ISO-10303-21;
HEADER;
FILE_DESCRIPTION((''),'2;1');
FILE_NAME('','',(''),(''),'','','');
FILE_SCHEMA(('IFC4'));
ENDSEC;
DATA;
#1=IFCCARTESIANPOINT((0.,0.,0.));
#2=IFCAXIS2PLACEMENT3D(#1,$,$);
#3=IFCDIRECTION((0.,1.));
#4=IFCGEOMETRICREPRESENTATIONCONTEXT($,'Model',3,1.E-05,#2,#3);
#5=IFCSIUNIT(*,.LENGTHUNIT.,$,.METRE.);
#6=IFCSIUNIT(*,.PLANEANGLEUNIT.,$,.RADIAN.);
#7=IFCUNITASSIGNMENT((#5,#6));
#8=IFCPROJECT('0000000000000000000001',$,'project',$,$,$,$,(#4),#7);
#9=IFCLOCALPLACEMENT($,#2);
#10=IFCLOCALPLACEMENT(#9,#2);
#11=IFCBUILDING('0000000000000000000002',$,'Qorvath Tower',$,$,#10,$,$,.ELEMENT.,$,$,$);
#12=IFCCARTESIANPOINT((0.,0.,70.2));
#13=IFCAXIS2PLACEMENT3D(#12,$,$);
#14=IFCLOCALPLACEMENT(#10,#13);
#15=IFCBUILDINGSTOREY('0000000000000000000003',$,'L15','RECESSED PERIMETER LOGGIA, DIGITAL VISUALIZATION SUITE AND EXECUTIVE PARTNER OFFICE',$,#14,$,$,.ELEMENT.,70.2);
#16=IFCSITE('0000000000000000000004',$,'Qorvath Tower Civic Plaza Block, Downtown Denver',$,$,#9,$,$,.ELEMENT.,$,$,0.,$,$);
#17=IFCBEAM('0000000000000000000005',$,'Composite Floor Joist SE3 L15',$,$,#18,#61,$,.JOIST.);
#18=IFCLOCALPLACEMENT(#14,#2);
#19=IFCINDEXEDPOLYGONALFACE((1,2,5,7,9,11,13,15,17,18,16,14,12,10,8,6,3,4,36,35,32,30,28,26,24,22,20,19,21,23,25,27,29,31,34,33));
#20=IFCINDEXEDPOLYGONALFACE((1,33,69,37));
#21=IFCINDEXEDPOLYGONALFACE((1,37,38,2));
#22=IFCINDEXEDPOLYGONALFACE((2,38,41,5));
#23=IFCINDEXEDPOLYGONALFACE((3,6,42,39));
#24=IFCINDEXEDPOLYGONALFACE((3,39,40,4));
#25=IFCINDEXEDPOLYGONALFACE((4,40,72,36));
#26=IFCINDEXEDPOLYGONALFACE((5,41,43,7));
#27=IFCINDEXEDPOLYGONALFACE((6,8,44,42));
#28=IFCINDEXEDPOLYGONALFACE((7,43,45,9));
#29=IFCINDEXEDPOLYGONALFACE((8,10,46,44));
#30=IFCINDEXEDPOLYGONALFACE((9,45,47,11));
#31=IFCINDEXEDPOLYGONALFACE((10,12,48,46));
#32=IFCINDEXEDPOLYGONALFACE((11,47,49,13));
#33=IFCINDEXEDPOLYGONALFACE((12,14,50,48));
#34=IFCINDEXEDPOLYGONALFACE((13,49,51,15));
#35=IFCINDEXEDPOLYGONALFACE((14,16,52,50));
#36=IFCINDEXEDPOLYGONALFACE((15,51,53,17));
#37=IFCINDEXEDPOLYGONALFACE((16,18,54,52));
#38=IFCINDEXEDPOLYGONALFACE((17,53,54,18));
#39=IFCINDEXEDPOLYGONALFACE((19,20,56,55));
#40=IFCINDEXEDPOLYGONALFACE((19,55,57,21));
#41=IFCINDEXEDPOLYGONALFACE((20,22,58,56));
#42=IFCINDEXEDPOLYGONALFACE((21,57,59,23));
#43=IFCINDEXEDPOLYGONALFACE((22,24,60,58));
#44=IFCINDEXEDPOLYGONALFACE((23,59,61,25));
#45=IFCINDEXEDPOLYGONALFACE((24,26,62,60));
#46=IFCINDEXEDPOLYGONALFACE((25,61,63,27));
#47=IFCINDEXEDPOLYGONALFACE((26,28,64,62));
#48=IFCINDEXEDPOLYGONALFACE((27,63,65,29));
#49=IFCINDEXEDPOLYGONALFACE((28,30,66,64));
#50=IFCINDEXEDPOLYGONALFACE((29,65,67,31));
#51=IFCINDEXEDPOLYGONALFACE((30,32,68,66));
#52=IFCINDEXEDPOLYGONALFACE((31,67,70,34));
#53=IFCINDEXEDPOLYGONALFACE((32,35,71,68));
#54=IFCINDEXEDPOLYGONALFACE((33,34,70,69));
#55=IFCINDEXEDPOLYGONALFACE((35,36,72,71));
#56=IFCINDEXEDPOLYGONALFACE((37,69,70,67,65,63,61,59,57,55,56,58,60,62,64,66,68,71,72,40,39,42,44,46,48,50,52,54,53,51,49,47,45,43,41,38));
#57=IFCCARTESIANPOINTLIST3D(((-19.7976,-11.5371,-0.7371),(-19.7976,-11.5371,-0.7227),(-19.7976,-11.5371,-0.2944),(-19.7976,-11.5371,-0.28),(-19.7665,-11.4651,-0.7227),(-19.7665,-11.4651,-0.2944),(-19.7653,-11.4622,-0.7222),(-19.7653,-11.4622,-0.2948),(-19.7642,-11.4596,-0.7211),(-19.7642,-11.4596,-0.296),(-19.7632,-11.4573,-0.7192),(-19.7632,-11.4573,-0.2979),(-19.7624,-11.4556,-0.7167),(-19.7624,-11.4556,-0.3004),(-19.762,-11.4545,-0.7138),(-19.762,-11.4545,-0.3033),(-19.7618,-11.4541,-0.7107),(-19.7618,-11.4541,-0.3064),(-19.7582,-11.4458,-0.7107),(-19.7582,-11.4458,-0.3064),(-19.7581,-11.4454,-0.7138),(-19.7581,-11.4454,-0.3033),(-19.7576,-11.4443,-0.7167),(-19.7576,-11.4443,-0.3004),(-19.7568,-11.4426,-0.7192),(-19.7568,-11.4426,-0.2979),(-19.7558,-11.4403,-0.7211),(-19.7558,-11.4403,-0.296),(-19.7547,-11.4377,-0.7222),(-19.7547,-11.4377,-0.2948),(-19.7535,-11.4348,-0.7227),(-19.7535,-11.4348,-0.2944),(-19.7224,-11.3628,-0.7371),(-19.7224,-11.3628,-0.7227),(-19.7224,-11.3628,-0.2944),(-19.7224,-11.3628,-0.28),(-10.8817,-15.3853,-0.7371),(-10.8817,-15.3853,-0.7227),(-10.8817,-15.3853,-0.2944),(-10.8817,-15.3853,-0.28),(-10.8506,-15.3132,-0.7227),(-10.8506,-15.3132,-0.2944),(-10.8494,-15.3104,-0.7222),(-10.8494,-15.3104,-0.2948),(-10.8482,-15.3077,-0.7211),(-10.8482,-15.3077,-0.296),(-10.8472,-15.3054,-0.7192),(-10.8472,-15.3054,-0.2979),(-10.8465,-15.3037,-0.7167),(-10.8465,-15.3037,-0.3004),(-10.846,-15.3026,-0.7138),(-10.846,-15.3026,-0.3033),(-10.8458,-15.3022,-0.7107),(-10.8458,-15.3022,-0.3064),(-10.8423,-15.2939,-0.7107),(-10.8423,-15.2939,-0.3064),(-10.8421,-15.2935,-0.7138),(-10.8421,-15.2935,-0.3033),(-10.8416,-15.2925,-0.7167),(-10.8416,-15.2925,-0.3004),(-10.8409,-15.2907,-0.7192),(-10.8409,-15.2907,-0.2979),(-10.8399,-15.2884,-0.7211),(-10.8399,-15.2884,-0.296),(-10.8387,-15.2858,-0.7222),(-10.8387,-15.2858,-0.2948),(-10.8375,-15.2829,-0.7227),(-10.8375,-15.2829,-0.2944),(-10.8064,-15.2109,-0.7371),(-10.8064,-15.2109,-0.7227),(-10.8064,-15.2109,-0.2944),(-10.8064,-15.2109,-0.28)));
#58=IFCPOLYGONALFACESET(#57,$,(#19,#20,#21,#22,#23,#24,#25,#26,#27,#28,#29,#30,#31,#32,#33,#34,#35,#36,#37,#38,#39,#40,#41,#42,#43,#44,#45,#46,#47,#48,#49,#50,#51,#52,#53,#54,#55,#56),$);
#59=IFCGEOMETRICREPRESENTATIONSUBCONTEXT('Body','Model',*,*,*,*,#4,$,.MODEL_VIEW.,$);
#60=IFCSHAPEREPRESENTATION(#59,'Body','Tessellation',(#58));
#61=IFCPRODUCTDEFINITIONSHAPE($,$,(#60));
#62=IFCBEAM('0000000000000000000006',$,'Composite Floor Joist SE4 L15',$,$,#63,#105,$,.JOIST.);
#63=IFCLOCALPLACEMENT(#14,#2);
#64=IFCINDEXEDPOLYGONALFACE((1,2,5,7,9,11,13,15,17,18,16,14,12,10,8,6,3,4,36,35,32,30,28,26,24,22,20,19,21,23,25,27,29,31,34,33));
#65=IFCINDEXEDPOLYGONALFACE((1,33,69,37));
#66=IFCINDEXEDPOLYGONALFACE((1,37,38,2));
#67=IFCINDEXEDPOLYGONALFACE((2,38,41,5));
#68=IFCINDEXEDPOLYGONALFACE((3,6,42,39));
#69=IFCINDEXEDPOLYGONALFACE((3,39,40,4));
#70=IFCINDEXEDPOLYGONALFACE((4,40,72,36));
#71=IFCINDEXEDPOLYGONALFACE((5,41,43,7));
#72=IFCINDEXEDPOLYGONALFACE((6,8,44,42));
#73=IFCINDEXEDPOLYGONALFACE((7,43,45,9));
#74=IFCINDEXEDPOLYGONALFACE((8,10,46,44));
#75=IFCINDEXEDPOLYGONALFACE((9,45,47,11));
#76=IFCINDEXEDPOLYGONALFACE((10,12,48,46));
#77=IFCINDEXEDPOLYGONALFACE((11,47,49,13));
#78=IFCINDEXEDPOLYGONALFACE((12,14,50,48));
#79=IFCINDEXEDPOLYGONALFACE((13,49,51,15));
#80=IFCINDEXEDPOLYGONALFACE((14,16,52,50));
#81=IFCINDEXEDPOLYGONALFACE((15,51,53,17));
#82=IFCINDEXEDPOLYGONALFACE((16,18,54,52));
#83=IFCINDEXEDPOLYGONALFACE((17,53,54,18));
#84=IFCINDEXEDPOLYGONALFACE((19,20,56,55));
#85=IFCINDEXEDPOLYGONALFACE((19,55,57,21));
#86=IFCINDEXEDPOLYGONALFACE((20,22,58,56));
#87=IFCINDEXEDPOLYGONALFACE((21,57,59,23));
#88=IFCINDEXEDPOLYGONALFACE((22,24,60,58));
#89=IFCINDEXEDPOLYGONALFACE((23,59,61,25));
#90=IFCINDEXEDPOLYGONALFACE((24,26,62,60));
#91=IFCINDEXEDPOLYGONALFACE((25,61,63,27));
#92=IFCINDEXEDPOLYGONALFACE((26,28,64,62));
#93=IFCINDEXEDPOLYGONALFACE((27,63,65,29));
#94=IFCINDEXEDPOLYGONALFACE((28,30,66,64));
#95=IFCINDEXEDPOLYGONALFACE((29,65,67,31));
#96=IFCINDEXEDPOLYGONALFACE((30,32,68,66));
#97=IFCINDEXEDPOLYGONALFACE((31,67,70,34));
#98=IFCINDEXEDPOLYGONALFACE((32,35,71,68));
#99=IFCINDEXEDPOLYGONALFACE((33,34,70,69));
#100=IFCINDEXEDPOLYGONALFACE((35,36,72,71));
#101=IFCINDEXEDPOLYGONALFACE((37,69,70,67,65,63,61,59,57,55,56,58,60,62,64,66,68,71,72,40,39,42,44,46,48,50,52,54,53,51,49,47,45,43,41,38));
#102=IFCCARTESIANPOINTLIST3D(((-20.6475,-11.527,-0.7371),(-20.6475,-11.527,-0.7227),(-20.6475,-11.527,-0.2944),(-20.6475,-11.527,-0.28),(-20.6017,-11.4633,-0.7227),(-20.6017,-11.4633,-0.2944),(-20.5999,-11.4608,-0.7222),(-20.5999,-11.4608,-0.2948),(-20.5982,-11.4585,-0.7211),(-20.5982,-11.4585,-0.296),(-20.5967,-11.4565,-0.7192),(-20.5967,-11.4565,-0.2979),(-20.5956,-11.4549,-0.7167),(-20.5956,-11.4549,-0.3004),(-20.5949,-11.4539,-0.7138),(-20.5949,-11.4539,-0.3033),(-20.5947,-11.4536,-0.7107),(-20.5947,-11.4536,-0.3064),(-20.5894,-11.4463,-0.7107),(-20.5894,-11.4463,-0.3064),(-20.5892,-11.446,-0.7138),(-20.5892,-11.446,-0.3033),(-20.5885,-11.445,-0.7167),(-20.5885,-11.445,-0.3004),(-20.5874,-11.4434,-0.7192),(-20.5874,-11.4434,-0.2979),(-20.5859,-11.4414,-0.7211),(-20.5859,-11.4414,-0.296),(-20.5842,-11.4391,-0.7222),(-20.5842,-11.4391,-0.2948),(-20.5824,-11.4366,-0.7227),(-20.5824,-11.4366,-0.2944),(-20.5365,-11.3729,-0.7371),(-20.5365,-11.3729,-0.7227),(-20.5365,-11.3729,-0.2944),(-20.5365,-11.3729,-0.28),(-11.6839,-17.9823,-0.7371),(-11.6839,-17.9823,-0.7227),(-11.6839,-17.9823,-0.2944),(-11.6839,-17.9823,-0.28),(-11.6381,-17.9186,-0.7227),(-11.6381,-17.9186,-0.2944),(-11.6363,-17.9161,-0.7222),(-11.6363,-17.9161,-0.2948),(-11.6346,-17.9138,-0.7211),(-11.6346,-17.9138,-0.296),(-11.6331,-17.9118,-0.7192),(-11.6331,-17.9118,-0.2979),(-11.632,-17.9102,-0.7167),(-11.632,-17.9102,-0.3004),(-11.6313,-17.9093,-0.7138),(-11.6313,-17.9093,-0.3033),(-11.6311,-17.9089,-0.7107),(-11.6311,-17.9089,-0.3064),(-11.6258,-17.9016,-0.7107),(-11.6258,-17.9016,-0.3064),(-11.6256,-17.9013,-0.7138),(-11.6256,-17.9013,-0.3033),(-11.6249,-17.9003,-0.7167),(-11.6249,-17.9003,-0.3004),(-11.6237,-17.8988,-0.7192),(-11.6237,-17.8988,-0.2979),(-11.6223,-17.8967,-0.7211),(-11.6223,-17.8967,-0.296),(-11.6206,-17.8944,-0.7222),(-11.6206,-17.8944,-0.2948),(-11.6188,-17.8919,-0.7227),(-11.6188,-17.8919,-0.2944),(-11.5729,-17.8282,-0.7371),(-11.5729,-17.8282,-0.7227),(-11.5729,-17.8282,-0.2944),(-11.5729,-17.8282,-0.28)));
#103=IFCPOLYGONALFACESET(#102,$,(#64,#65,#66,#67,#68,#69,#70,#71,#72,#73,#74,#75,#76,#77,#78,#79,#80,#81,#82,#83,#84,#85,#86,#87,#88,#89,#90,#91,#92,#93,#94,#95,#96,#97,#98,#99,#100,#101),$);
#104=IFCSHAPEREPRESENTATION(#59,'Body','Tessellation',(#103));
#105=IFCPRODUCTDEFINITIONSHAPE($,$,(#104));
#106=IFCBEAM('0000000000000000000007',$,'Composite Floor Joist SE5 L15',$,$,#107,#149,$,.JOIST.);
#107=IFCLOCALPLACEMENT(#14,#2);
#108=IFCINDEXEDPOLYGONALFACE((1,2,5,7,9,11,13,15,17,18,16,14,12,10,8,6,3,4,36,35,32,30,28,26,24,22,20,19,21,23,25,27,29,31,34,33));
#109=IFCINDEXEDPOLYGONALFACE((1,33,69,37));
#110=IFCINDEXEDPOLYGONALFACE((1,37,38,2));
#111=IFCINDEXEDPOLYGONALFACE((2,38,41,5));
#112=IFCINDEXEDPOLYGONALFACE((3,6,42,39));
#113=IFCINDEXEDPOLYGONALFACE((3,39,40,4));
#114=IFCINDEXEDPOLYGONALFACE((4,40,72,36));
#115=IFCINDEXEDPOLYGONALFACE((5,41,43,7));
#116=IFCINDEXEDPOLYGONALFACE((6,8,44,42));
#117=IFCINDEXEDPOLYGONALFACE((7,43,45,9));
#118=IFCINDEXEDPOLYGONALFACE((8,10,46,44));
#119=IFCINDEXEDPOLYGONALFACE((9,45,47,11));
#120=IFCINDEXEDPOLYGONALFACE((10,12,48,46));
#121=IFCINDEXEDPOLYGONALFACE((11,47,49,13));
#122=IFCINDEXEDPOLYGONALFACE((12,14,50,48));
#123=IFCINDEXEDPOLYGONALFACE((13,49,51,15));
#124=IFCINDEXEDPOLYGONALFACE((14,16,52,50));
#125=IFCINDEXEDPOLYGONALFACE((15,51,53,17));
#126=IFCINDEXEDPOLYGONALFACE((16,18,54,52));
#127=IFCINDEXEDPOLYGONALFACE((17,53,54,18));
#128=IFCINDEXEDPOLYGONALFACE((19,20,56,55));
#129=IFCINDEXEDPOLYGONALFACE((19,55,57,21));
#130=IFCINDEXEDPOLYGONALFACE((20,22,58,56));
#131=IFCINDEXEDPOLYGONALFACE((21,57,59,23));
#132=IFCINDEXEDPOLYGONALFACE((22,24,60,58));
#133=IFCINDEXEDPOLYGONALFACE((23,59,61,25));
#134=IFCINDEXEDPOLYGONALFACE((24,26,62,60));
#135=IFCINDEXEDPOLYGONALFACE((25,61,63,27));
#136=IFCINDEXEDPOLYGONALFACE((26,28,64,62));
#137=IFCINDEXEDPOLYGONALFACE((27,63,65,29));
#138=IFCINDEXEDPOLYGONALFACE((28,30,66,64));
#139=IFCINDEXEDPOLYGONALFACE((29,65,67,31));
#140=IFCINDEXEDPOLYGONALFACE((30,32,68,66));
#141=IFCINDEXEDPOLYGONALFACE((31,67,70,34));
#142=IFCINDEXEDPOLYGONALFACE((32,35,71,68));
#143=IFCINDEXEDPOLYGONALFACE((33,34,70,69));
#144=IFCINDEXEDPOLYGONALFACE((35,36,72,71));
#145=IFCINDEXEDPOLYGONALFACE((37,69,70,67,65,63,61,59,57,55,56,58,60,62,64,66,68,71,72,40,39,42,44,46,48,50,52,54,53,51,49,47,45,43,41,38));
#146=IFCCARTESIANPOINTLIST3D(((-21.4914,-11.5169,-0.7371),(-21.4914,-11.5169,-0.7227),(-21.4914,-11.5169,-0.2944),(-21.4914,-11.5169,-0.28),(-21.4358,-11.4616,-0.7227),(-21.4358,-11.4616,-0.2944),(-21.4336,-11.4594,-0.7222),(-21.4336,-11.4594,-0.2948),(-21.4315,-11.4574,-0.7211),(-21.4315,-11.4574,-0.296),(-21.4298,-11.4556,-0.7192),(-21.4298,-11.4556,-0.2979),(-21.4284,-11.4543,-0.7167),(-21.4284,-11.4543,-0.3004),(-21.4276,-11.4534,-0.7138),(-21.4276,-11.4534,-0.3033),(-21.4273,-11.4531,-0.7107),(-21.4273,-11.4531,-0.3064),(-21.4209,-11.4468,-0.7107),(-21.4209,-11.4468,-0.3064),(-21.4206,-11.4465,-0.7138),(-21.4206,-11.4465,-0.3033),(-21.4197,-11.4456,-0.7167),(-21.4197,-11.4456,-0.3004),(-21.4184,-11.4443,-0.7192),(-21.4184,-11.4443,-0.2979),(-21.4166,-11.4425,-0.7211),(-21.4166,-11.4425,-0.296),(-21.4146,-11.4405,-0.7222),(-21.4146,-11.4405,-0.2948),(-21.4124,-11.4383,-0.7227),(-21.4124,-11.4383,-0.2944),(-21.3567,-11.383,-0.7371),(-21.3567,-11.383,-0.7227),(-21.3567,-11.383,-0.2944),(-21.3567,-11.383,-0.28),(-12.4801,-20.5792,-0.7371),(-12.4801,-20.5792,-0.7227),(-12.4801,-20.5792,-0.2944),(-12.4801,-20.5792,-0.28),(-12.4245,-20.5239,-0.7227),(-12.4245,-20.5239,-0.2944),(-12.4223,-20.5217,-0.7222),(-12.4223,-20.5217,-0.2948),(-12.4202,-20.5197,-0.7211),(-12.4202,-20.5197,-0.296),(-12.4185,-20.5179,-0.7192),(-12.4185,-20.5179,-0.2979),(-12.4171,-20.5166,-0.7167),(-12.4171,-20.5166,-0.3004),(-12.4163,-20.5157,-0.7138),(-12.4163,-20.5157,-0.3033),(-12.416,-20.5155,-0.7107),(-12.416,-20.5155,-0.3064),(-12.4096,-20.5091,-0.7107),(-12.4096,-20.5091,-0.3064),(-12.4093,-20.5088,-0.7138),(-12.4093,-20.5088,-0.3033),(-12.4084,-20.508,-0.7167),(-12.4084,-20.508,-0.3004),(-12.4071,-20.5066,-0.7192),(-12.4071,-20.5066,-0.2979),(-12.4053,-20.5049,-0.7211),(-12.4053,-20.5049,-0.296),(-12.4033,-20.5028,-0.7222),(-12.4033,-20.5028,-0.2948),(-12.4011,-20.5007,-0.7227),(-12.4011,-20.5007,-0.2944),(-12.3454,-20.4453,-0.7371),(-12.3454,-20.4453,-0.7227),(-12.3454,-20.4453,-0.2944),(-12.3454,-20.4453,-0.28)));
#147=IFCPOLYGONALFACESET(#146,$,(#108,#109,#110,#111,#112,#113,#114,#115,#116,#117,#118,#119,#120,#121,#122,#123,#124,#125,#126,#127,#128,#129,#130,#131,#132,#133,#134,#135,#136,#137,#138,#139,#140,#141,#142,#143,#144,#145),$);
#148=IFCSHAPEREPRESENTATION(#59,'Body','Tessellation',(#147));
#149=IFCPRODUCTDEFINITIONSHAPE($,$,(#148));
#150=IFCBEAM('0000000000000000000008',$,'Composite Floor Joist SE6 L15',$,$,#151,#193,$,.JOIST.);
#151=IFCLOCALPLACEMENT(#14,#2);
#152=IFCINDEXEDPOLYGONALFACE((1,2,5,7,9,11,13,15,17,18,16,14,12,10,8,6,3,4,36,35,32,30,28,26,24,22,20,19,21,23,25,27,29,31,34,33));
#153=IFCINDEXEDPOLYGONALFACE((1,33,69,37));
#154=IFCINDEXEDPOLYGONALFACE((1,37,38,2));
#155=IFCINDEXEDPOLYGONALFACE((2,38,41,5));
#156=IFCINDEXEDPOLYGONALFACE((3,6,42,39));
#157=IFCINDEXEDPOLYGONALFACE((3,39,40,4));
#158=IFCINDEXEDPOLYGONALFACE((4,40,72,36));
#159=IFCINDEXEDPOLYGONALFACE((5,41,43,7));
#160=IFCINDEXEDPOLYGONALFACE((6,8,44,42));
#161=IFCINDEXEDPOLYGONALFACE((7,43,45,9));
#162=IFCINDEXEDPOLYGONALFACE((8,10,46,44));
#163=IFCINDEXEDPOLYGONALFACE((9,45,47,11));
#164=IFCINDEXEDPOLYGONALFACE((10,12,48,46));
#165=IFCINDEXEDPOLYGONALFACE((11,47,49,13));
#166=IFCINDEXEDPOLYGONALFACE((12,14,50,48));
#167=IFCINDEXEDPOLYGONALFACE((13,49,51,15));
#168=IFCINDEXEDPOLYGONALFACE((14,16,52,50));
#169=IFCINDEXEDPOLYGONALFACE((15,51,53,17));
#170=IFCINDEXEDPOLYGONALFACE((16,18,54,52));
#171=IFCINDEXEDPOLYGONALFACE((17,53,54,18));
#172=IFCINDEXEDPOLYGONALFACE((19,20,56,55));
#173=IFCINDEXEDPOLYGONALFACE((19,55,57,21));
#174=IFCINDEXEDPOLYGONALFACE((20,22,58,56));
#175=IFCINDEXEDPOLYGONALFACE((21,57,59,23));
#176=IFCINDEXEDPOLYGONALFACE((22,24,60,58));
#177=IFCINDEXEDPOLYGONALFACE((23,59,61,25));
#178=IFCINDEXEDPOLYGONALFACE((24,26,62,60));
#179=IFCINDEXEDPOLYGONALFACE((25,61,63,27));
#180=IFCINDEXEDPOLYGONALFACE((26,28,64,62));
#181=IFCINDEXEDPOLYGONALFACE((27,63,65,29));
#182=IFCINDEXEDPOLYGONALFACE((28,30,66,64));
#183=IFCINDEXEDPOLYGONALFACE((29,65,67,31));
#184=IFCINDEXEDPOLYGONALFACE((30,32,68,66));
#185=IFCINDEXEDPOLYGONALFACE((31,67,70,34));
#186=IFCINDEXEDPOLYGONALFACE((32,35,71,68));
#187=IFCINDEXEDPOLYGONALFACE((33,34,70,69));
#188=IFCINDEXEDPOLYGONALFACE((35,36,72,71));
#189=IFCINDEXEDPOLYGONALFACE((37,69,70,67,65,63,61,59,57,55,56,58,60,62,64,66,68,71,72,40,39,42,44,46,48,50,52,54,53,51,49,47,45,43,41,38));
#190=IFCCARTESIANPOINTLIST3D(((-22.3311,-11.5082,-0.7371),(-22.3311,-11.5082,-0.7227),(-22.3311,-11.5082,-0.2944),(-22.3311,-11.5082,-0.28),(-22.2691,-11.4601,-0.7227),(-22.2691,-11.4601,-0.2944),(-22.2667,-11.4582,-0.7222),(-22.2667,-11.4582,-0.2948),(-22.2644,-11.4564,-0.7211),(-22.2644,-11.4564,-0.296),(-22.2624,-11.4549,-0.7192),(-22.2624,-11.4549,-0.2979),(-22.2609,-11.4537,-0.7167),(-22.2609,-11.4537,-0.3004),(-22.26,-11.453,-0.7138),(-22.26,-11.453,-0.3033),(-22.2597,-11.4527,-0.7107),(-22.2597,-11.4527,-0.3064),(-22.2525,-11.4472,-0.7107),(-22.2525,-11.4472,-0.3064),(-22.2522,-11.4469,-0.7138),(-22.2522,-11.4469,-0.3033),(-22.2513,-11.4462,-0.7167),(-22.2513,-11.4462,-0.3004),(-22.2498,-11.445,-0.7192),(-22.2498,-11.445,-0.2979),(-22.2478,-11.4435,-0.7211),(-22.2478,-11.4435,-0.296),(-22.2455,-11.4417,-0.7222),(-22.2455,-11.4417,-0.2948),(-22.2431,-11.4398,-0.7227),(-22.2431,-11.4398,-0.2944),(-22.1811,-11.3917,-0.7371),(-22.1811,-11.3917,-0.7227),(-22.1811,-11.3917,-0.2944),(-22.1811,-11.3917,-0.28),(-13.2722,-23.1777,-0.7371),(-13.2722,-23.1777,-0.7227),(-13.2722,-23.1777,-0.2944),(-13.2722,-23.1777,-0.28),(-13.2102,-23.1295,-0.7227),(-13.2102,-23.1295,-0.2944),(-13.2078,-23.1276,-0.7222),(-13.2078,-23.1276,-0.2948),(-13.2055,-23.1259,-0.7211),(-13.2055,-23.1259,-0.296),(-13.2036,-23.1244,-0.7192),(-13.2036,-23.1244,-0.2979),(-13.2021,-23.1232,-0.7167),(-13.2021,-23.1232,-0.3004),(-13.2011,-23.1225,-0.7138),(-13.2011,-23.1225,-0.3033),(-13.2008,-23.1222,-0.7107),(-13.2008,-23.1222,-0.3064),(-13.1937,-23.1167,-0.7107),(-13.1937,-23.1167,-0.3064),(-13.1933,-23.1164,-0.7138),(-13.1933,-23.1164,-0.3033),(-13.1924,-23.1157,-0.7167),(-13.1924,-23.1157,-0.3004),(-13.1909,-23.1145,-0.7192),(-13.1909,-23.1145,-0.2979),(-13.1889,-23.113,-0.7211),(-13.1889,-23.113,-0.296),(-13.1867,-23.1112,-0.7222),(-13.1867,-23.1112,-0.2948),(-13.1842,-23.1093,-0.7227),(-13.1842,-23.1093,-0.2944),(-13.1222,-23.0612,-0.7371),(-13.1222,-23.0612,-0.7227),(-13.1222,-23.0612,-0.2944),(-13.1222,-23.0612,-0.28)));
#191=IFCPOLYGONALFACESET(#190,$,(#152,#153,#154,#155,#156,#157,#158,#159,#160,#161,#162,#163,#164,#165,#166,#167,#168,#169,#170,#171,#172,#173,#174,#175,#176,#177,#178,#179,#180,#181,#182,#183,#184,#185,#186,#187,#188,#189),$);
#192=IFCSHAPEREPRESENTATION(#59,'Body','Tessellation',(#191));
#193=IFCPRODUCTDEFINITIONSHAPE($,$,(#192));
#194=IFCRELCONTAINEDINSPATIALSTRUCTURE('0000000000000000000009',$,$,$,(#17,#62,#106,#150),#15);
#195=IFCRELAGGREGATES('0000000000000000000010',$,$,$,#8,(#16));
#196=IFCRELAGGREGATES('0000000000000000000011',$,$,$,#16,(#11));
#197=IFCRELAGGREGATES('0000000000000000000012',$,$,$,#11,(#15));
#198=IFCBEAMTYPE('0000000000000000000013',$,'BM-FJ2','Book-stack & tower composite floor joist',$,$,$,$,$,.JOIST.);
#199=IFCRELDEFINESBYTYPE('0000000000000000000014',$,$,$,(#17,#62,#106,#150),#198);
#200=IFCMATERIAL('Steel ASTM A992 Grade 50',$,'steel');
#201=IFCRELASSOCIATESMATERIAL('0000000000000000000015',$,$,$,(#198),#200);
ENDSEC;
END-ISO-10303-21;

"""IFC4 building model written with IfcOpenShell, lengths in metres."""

from ifc_helpers import new_model, si_unit, direction, frame, origin, origin_2d, place, context, subcontext, project, spatial, i_section, extrude, material, material_profile, profile_set, type_object, element, save


model = new_model("IFC4")

# Units and contexts
model_context = context("Model", 3, precision=1e-05, world=origin(), true_north=direction((0.0, 1.0)))
body_context = subcontext(model_context, "Body", "Model", "MODEL_VIEW")
ifc_project = project(units=[si_unit("LENGTHUNIT", "METRE"), si_unit("PLANEANGLEUNIT", "RADIAN")], contexts=[model_context])

# Site, building, storey
site_placement = place(None, origin())
site = spatial("IfcSite", under=ifc_project, at=site_placement, Name="Qorvath Tower Civic Plaza Block, Downtown Denver", CompositionType="ELEMENT", RefElevation=0.0)
building_placement = place(site_placement, origin())
building = spatial("IfcBuilding", under=site, at=building_placement, Name="Qorvath Tower", CompositionType="ELEMENT")
storey_placement = place(building_placement, frame((0.0, 0.0, 70.2)))
storey = spatial("IfcBuildingStorey", under=building, at=storey_placement, Name="L15", Description="RECESSED PERIMETER LOGGIA, DIGITAL VISUALIZATION SUITE AND EXECUTIVE PARTNER OFFICE", CompositionType="ELEMENT", Elevation=70.2)

# Beams
ifc_material_1 = material(Name="Steel ASTM A992 Grade 50", Category="steel")
ifc_material_profile_1 = material_profile(ifc_material_1, i_section(OverallWidth=0.1899, OverallDepth=0.457, WebThickness=0.009, FlangeThickness=0.0144, FilletRadius=0.012, at=origin_2d()), Name="W18x50")
ifc_profile_set_1 = profile_set([ifc_material_profile_1], Name="Steel ASTM A992 Grade 50")
beam_type_1 = type_object("IfcBeamType", Name="BM-FJ2", Description="Book-stack & tower composite floor joist", PredefinedType="JOIST", material=ifc_profile_set_1)
beam_1_placement = place(storey_placement, frame((-19.76, -11.45, -0.5085), z_axis=(0.918136, -0.396266, 0.0), x_axis=(0.396266, 0.918136, 0.0)))
element("IfcBeam", 1, at=beam_1_placement, inside=storey, type_object=beam_type_1, Name="Composite Floor Joist SE3 L15", PredefinedType="JOIST", context=body_context, shape_type="SweptSolid", body=[
    extrude(i_section(OverallWidth=0.1899, OverallDepth=0.457, WebThickness=0.009, FlangeThickness=0.0144, FilletRadius=0.012, at=origin_2d()), origin(), (0.0, 0.0, 1.0), 9.7109),
])
beam_2_placement = place(storey_placement, frame((-20.592, -11.45, -0.5085), z_axis=(0.811469, -0.584395, 0.0), x_axis=(0.584395, 0.811469, 0.0)))
element("IfcBeam", 2, at=beam_2_placement, inside=storey, type_object=beam_type_1, Name="Composite Floor Joist SE4 L15", PredefinedType="JOIST", context=body_context, shape_type="SweptSolid", body=[
    extrude(i_section(OverallWidth=0.1899, OverallDepth=0.457, WebThickness=0.009, FlangeThickness=0.0144, FilletRadius=0.012, at=origin_2d()), origin(), (0.0, 0.0, 1.0), 11.0461),
])
beam_3_placement = place(storey_placement, frame((-21.4241, -11.45, -0.5085), z_axis=(0.705108, -0.7091, 0.0), x_axis=(0.7091, 0.705108, 0.0)))
element("IfcBeam", 3, at=beam_3_placement, inside=storey, type_object=beam_type_1, Name="Composite Floor Joist SE5 L15", PredefinedType="JOIST", context=body_context, shape_type="SweptSolid", body=[
    extrude(i_section(OverallWidth=0.1899, OverallDepth=0.457, WebThickness=0.009, FlangeThickness=0.0144, FilletRadius=0.012, at=origin_2d()), origin(), (0.0, 0.0, 1.0), 12.78),
])
beam_4_placement = place(storey_placement, frame((-22.2561, -11.45, -0.5085), z_axis=(0.613207, -0.789922, 0.0), x_axis=(0.789922, 0.613207, 0.0)))
element("IfcBeam", 4, at=beam_4_placement, inside=storey, type_object=beam_type_1, Name="Composite Floor Joist SE6 L15", PredefinedType="JOIST", context=body_context, shape_type="SweptSolid", body=[
    extrude(i_section(OverallWidth=0.1899, OverallDepth=0.457, WebThickness=0.009, FlangeThickness=0.0144, FilletRadius=0.012, at=origin_2d()), origin(), (0.0, 0.0, 1.0), 14.7729),
])

save(model, "model.ifc")
